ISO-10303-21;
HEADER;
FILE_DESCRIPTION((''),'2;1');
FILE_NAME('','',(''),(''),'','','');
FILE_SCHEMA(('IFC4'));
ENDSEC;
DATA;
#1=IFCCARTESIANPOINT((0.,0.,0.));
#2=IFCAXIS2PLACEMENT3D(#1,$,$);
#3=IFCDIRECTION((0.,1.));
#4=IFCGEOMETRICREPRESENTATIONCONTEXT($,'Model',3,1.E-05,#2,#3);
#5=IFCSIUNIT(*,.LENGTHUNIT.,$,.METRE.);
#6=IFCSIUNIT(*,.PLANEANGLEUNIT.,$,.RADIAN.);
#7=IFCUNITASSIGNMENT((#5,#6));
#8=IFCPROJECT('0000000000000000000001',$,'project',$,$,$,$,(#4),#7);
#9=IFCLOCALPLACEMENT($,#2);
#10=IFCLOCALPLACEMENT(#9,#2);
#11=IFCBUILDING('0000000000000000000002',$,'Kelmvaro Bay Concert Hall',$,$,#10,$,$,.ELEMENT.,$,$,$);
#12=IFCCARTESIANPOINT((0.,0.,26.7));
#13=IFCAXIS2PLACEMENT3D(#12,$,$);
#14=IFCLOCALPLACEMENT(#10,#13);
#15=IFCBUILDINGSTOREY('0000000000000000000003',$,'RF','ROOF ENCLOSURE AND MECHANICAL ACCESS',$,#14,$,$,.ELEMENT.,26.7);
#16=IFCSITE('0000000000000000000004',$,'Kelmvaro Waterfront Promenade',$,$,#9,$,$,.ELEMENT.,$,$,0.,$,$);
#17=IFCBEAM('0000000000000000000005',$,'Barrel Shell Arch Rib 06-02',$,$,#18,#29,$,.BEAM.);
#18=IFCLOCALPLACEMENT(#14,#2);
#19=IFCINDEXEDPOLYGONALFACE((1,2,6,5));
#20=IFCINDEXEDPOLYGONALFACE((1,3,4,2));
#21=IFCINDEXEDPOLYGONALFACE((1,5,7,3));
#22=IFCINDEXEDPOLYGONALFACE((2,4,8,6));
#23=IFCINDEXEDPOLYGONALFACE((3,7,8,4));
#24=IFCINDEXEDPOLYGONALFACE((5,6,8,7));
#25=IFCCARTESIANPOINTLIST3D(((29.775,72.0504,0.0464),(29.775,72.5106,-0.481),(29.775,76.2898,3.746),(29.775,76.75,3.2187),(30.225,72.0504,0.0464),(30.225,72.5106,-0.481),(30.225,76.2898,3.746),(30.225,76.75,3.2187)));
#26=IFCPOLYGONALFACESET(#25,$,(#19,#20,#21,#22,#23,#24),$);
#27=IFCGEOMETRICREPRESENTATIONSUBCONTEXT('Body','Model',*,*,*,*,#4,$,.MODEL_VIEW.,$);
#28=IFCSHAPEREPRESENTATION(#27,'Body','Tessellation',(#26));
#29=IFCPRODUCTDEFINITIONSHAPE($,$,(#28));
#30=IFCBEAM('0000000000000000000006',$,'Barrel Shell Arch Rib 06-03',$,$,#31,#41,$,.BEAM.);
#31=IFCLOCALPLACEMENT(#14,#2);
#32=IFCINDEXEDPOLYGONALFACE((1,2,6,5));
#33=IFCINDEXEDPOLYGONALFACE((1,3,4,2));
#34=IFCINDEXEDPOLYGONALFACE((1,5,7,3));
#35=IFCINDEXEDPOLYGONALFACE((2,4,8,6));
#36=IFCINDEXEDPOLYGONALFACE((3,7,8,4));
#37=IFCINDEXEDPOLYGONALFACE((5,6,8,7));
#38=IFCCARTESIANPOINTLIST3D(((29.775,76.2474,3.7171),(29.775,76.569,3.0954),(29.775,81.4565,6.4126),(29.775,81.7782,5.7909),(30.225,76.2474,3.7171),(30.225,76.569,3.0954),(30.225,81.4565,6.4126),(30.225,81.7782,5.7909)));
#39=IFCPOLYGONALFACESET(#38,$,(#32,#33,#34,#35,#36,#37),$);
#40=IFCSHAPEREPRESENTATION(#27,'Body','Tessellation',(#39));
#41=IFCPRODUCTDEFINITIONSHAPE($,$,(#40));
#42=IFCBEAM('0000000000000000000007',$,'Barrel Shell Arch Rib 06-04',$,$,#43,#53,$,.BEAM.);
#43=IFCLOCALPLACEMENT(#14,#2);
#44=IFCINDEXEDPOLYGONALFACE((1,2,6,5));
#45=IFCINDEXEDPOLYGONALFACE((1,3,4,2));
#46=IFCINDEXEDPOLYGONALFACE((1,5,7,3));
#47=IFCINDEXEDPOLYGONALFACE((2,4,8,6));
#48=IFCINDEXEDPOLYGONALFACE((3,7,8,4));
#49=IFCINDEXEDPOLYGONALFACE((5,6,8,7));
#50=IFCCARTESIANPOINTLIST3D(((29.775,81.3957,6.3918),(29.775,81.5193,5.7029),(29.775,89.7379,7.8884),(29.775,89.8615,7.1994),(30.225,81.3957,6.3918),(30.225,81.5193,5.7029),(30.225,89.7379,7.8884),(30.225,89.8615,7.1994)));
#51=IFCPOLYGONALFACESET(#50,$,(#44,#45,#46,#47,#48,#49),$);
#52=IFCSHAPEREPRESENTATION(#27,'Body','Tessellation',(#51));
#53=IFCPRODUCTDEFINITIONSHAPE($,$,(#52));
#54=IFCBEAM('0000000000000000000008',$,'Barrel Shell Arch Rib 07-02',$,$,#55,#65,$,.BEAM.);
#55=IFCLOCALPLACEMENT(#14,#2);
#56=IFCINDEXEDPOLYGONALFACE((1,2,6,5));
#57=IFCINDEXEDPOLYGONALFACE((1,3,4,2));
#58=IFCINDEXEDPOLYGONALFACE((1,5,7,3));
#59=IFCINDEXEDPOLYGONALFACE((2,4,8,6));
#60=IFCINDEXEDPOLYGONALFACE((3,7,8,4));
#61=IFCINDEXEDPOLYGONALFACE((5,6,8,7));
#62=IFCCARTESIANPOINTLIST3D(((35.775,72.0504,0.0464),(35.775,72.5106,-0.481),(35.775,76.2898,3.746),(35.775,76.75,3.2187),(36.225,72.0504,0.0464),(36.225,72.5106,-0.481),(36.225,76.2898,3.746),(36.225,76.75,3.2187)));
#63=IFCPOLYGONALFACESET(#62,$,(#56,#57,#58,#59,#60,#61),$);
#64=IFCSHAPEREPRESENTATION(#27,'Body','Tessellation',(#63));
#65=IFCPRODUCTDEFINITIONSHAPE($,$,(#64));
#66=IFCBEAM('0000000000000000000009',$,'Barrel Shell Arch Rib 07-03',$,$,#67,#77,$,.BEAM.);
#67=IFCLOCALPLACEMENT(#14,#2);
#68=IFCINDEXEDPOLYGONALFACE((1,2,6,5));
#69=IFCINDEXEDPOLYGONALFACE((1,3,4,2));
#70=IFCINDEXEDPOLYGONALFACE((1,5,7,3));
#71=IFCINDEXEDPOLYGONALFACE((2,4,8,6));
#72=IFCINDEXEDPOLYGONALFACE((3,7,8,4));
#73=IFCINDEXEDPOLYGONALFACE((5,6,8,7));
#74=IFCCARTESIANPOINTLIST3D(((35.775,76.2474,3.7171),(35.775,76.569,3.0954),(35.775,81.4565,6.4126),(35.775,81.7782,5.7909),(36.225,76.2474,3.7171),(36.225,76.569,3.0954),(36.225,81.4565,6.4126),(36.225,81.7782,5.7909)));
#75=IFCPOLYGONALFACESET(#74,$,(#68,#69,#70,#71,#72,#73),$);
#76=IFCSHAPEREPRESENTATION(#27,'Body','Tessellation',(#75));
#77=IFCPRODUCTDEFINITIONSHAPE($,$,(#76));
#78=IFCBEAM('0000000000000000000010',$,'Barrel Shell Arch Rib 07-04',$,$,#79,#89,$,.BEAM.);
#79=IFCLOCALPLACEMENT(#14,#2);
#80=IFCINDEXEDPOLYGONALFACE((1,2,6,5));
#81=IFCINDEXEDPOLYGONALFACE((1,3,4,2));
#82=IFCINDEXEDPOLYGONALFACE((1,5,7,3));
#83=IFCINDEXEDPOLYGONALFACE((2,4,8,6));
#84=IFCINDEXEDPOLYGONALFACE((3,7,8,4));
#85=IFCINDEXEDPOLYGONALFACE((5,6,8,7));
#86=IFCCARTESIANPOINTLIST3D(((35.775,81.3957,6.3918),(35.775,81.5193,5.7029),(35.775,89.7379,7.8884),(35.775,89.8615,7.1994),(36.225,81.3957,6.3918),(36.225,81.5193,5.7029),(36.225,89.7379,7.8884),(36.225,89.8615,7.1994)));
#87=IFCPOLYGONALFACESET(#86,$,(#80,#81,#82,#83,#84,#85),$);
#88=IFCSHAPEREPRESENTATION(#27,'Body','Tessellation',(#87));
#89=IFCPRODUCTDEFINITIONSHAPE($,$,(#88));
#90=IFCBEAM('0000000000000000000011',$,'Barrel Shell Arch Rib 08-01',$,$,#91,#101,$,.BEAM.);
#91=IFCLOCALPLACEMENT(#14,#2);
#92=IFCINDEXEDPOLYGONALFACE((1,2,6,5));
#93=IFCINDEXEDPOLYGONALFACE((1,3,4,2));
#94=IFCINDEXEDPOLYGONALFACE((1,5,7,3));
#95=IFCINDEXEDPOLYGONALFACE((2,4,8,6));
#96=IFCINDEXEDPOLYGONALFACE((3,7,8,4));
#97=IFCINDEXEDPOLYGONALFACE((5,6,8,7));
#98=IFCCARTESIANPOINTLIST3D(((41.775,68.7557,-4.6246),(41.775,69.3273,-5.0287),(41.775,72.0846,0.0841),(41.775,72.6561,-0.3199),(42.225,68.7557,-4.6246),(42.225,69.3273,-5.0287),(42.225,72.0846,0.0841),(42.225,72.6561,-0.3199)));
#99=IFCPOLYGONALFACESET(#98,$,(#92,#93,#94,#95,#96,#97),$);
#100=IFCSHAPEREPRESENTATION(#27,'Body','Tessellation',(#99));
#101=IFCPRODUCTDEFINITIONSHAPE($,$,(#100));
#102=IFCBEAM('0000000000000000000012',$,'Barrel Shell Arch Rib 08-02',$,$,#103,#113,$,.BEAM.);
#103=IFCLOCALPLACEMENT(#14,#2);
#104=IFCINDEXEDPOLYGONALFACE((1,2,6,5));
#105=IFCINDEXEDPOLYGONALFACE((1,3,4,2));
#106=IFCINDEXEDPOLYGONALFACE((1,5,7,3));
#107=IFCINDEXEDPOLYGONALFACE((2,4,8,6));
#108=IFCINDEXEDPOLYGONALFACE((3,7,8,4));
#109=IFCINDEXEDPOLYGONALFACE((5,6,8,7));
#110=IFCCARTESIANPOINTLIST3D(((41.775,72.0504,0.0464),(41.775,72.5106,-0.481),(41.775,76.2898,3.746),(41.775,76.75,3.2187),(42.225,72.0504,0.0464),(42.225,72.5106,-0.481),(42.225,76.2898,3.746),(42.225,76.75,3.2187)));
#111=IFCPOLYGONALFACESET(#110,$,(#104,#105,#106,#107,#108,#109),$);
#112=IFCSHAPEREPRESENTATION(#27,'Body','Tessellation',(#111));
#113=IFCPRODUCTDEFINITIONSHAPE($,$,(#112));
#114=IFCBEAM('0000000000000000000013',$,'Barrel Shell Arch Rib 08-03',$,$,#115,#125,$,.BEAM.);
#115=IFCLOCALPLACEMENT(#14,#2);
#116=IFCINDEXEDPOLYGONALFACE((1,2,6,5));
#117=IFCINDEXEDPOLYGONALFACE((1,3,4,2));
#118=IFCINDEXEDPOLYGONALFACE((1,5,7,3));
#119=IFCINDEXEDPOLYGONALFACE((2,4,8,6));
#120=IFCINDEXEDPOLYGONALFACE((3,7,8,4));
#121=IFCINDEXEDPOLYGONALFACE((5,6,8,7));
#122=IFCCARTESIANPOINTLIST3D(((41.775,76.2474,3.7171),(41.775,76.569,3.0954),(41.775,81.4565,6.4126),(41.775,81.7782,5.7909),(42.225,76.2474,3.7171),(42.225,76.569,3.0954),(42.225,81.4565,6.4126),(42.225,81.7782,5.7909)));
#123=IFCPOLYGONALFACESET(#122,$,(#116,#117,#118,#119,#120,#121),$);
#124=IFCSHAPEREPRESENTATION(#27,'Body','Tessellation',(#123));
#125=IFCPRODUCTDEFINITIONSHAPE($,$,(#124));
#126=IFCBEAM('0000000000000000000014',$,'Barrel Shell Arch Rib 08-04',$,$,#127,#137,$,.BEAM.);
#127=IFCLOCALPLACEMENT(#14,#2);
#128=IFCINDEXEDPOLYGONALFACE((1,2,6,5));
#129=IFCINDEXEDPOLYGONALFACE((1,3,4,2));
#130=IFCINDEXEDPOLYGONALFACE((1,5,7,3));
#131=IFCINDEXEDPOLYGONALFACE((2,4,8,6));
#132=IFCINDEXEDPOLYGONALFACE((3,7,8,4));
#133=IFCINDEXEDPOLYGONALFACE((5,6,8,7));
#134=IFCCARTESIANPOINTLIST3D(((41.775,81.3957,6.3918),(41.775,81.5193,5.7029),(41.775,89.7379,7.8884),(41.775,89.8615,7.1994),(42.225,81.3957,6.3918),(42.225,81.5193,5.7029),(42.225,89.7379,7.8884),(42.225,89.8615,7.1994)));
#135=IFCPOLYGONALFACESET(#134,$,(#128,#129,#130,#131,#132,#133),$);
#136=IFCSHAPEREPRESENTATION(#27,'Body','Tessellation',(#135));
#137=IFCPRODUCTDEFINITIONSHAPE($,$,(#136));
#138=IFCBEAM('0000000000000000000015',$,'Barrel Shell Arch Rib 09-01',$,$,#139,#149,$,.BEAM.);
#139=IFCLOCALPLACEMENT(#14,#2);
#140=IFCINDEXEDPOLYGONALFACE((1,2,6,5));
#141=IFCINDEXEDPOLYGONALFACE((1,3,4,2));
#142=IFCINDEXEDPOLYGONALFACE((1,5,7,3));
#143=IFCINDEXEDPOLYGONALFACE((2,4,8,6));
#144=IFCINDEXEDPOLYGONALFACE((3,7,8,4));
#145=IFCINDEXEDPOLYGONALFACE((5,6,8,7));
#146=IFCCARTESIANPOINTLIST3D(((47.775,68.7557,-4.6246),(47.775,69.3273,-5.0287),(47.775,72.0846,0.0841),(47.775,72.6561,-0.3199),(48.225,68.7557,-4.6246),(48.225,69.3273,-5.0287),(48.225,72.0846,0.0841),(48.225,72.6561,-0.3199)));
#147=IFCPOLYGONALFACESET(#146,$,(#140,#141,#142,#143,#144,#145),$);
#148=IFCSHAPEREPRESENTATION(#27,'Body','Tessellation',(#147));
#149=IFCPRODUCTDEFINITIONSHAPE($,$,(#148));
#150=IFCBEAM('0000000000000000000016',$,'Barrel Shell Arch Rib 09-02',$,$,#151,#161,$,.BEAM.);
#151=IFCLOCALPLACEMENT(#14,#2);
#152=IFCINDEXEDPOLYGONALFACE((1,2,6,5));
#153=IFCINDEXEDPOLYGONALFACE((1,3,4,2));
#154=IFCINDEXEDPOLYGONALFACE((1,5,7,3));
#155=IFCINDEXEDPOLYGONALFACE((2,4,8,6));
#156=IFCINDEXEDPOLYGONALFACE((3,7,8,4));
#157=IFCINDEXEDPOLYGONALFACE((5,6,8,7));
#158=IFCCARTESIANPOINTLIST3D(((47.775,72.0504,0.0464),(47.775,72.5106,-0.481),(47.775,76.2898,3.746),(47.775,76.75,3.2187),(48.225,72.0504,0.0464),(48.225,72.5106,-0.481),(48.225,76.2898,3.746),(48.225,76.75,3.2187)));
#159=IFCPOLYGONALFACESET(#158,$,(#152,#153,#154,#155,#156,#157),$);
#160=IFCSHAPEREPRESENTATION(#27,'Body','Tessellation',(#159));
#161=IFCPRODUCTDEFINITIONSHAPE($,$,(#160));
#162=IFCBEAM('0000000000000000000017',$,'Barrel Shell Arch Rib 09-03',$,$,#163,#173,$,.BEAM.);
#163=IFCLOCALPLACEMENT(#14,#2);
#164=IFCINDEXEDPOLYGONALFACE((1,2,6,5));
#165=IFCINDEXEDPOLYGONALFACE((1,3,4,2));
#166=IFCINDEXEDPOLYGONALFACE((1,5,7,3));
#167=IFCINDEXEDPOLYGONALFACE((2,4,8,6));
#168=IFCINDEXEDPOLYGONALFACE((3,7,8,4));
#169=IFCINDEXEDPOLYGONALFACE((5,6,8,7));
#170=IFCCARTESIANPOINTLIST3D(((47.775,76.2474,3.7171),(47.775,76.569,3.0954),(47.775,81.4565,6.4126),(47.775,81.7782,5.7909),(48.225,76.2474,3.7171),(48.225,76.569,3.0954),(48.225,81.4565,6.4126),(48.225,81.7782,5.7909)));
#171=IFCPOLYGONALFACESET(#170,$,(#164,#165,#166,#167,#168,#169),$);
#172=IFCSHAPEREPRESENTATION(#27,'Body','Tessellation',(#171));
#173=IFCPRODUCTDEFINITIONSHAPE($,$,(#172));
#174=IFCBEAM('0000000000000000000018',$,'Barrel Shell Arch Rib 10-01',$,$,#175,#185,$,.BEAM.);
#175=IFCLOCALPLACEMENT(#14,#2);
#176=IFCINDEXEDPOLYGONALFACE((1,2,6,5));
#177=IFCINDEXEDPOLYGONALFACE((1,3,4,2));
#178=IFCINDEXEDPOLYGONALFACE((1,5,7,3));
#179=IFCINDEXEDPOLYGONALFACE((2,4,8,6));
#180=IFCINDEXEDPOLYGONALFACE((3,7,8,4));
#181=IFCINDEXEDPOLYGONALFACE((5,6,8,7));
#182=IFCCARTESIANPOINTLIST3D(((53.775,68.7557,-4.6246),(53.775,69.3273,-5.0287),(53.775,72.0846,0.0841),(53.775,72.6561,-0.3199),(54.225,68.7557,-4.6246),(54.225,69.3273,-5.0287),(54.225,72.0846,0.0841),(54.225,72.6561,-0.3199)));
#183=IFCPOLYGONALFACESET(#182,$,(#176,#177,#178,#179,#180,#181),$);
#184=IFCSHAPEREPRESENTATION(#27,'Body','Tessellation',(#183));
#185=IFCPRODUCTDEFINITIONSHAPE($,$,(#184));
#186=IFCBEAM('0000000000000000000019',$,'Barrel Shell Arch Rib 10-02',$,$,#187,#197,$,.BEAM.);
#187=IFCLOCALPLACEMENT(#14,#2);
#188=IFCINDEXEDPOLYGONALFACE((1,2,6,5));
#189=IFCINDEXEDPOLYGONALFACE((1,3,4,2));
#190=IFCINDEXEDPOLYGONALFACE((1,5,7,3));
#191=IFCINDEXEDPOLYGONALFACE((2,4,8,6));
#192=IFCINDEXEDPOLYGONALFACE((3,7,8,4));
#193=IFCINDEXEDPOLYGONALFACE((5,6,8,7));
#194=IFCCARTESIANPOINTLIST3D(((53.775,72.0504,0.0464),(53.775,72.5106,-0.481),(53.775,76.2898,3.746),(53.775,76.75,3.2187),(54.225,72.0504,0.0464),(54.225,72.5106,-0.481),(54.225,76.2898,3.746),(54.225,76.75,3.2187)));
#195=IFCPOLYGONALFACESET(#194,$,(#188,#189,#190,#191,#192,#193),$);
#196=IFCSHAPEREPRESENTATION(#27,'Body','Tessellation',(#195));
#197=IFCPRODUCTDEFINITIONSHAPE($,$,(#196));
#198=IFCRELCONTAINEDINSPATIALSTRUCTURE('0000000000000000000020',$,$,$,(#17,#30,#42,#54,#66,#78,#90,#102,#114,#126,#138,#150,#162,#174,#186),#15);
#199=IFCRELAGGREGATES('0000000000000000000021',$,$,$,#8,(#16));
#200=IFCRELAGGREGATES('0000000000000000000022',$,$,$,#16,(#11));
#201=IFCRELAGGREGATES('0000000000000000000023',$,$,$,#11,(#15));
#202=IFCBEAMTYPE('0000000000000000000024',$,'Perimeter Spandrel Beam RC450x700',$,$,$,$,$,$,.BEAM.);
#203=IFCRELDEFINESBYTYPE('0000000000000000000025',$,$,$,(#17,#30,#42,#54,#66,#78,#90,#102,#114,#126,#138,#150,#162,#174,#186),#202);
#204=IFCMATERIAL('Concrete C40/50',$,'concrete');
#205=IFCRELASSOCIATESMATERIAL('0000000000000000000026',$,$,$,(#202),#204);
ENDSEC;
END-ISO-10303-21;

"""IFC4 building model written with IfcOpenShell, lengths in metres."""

from ifc_helpers import new_model, si_unit, direction, frame, origin, origin_2d, place, context, subcontext, project, spatial, rectangle, extrude, material, material_profile, profile_set, type_object, element, save


model = new_model("IFC4")

# Units and contexts
model_context = context("Model", 3, precision=1e-05, world=origin(), true_north=direction((0.0, 1.0)))
body_context = subcontext(model_context, "Body", "Model", "MODEL_VIEW")
ifc_project = project(units=[si_unit("LENGTHUNIT", "METRE"), si_unit("PLANEANGLEUNIT", "RADIAN")], contexts=[model_context])

# Site, building, storey
site_placement = place(None, origin())
site = spatial("IfcSite", under=ifc_project, at=site_placement, Name="Kelmvaro Waterfront Promenade", CompositionType="ELEMENT", RefElevation=0.0)
building_placement = place(site_placement, origin())
building = spatial("IfcBuilding", under=site, at=building_placement, Name="Kelmvaro Bay Concert Hall", CompositionType="ELEMENT")
storey_placement = place(building_placement, frame((0.0, 0.0, 26.7)))
storey = spatial("IfcBuildingStorey", under=building, at=storey_placement, Name="RF", Description="ROOF ENCLOSURE AND MECHANICAL ACCESS", CompositionType="ELEMENT", Elevation=26.7)

# Beams
ifc_material_1 = material(Name="Concrete C40/50", Category="concrete")
ifc_material_profile = material_profile(ifc_material_1, rectangle(XDim=0.45, YDim=0.7, at=origin_2d()), Name="RC-BM-450X700")
ifc_profile_set = profile_set([ifc_material_profile], Name="Concrete C40/50")
beam_type = type_object("IfcBeamType", Name="Perimeter Spandrel Beam RC450x700", PredefinedType="BEAM", material=ifc_profile_set)
beam_1_placement = place(storey_placement, frame((30.0, 72.2805, -0.2173), z_axis=(0.0, 0.753444, 0.657512), x_axis=(-1.0, 0.0, 0.0)))
element("IfcBeam", 1, at=beam_1_placement, inside=storey, type_object=beam_type, Name="Barrel Shell Arch Rib 06-02", PredefinedType="BEAM", context=body_context, shape_type="SweptSolid", body=[
    extrude(rectangle(XDim=0.45, YDim=0.7, at=origin_2d()), origin(), (0.0, 0.0, 1.0), 5.6267),
])
beam_2_placement = place(storey_placement, frame((30.0, 76.4082, 3.4062), z_axis=(0.0, 0.888139, 0.459575), x_axis=(-1.0, 0.0, 0.0)))
element("IfcBeam", 2, at=beam_2_placement, inside=storey, type_object=beam_type, Name="Barrel Shell Arch Rib 06-03", PredefinedType="BEAM", context=body_context, shape_type="SweptSolid", body=[
    extrude(rectangle(XDim=0.45, YDim=0.7, at=origin_2d()), origin(), (0.0, 0.0, 1.0), 5.8652),
])
beam_3_placement = place(storey_placement, frame((30.0, 81.4575, 6.0474), z_axis=(0.0, 0.984287, 0.176578), x_axis=(-1.0, 0.0, 0.0)))
element("IfcBeam", 3, at=beam_3_placement, inside=storey, type_object=beam_type, Name="Barrel Shell Arch Rib 06-04", PredefinedType="BEAM", context=body_context, shape_type="SweptSolid", body=[
    extrude(rectangle(XDim=0.45, YDim=0.7, at=origin_2d()), origin(), (0.0, 0.0, 1.0), 8.4753),
])
beam_4_placement = place(storey_placement, frame((36.0, 72.2805, -0.2173), z_axis=(0.0, 0.753444, 0.657512), x_axis=(-1.0, 0.0, 0.0)))
element("IfcBeam", 4, at=beam_4_placement, inside=storey, type_object=beam_type, Name="Barrel Shell Arch Rib 07-02", PredefinedType="BEAM", context=body_context, shape_type="SweptSolid", body=[
    extrude(rectangle(XDim=0.45, YDim=0.7, at=origin_2d()), origin(), (0.0, 0.0, 1.0), 5.6267),
])
beam_5_placement = place(storey_placement, frame((36.0, 76.4082, 3.4062), z_axis=(0.0, 0.888139, 0.459575), x_axis=(-1.0, 0.0, 0.0)))
element("IfcBeam", 5, at=beam_5_placement, inside=storey, type_object=beam_type, Name="Barrel Shell Arch Rib 07-03", PredefinedType="BEAM", context=body_context, shape_type="SweptSolid", body=[
    extrude(rectangle(XDim=0.45, YDim=0.7, at=origin_2d()), origin(), (0.0, 0.0, 1.0), 5.8652),
])
beam_6_placement = place(storey_placement, frame((36.0, 81.4575, 6.0474), z_axis=(0.0, 0.984287, 0.176578), x_axis=(-1.0, 0.0, 0.0)))
element("IfcBeam", 6, at=beam_6_placement, inside=storey, type_object=beam_type, Name="Barrel Shell Arch Rib 07-04", PredefinedType="BEAM", context=body_context, shape_type="SweptSolid", body=[
    extrude(rectangle(XDim=0.45, YDim=0.7, at=origin_2d()), origin(), (0.0, 0.0, 1.0), 8.4753),
])
beam_7_placement = place(storey_placement, frame((42.0, 69.0415, -4.8267), z_axis=(0.0, 0.577266, 0.816556), x_axis=(-1.0, 0.0, 0.0)))
element("IfcBeam", 7, at=beam_7_placement, inside=storey, type_object=beam_type, Name="Barrel Shell Arch Rib 08-01", PredefinedType="BEAM", context=body_context, shape_type="SweptSolid", body=[
    extrude(rectangle(XDim=0.45, YDim=0.7, at=origin_2d()), origin(), (0.0, 0.0, 1.0), 5.7666),
])
beam_8_placement = place(storey_placement, frame((42.0, 72.2805, -0.2173), z_axis=(0.0, 0.753444, 0.657512), x_axis=(-1.0, 0.0, 0.0)))
element("IfcBeam", 8, at=beam_8_placement, inside=storey, type_object=beam_type, Name="Barrel Shell Arch Rib 08-02", PredefinedType="BEAM", context=body_context, shape_type="SweptSolid", body=[
    extrude(rectangle(XDim=0.45, YDim=0.7, at=origin_2d()), origin(), (0.0, 0.0, 1.0), 5.6267),
])
beam_9_placement = place(storey_placement, frame((42.0, 76.4082, 3.4062), z_axis=(0.0, 0.888139, 0.459575), x_axis=(-1.0, 0.0, 0.0)))
element("IfcBeam", 9, at=beam_9_placement, inside=storey, type_object=beam_type, Name="Barrel Shell Arch Rib 08-03", PredefinedType="BEAM", context=body_context, shape_type="SweptSolid", body=[
    extrude(rectangle(XDim=0.45, YDim=0.7, at=origin_2d()), origin(), (0.0, 0.0, 1.0), 5.8652),
])
beam_10_placement = place(storey_placement, frame((42.0, 81.4575, 6.0474), z_axis=(0.0, 0.984287, 0.176578), x_axis=(-1.0, 0.0, 0.0)))
element("IfcBeam", 10, at=beam_10_placement, inside=storey, type_object=beam_type, Name="Barrel Shell Arch Rib 08-04", PredefinedType="BEAM", context=body_context, shape_type="SweptSolid", body=[
    extrude(rectangle(XDim=0.45, YDim=0.7, at=origin_2d()), origin(), (0.0, 0.0, 1.0), 8.4753),
])
beam_11_placement = place(storey_placement, frame((48.0, 69.0415, -4.8267), z_axis=(0.0, 0.577266, 0.816556), x_axis=(-1.0, 0.0, 0.0)))
element("IfcBeam", 11, at=beam_11_placement, inside=storey, type_object=beam_type, Name="Barrel Shell Arch Rib 09-01", PredefinedType="BEAM", context=body_context, shape_type="SweptSolid", body=[
    extrude(rectangle(XDim=0.45, YDim=0.7, at=origin_2d()), origin(), (0.0, 0.0, 1.0), 5.7666),
])
beam_12_placement = place(storey_placement, frame((48.0, 72.2805, -0.2173), z_axis=(0.0, 0.753444, 0.657512), x_axis=(-1.0, 0.0, 0.0)))
element("IfcBeam", 12, at=beam_12_placement, inside=storey, type_object=beam_type, Name="Barrel Shell Arch Rib 09-02", PredefinedType="BEAM", context=body_context, shape_type="SweptSolid", body=[
    extrude(rectangle(XDim=0.45, YDim=0.7, at=origin_2d()), origin(), (0.0, 0.0, 1.0), 5.6267),
])
beam_13_placement = place(storey_placement, frame((48.0, 76.4082, 3.4062), z_axis=(0.0, 0.888139, 0.459575), x_axis=(-1.0, 0.0, 0.0)))
element("IfcBeam", 13, at=beam_13_placement, inside=storey, type_object=beam_type, Name="Barrel Shell Arch Rib 09-03", PredefinedType="BEAM", context=body_context, shape_type="SweptSolid", body=[
    extrude(rectangle(XDim=0.45, YDim=0.7, at=origin_2d()), origin(), (0.0, 0.0, 1.0), 5.8652),
])
beam_14_placement = place(storey_placement, frame((54.0, 69.0415, -4.8267), z_axis=(0.0, 0.577266, 0.816556), x_axis=(-1.0, 0.0, 0.0)))
element("IfcBeam", 14, at=beam_14_placement, inside=storey, type_object=beam_type, Name="Barrel Shell Arch Rib 10-01", PredefinedType="BEAM", context=body_context, shape_type="SweptSolid", body=[
    extrude(rectangle(XDim=0.45, YDim=0.7, at=origin_2d()), origin(), (0.0, 0.0, 1.0), 5.7666),
])
beam_15_placement = place(storey_placement, frame((54.0, 72.2805, -0.2173), z_axis=(0.0, 0.753444, 0.657512), x_axis=(-1.0, 0.0, 0.0)))
element("IfcBeam", 15, at=beam_15_placement, inside=storey, type_object=beam_type, Name="Barrel Shell Arch Rib 10-02", PredefinedType="BEAM", context=body_context, shape_type="SweptSolid", body=[
    extrude(rectangle(XDim=0.45, YDim=0.7, at=origin_2d()), origin(), (0.0, 0.0, 1.0), 5.6267),
])

save(model, "model.ifc")
